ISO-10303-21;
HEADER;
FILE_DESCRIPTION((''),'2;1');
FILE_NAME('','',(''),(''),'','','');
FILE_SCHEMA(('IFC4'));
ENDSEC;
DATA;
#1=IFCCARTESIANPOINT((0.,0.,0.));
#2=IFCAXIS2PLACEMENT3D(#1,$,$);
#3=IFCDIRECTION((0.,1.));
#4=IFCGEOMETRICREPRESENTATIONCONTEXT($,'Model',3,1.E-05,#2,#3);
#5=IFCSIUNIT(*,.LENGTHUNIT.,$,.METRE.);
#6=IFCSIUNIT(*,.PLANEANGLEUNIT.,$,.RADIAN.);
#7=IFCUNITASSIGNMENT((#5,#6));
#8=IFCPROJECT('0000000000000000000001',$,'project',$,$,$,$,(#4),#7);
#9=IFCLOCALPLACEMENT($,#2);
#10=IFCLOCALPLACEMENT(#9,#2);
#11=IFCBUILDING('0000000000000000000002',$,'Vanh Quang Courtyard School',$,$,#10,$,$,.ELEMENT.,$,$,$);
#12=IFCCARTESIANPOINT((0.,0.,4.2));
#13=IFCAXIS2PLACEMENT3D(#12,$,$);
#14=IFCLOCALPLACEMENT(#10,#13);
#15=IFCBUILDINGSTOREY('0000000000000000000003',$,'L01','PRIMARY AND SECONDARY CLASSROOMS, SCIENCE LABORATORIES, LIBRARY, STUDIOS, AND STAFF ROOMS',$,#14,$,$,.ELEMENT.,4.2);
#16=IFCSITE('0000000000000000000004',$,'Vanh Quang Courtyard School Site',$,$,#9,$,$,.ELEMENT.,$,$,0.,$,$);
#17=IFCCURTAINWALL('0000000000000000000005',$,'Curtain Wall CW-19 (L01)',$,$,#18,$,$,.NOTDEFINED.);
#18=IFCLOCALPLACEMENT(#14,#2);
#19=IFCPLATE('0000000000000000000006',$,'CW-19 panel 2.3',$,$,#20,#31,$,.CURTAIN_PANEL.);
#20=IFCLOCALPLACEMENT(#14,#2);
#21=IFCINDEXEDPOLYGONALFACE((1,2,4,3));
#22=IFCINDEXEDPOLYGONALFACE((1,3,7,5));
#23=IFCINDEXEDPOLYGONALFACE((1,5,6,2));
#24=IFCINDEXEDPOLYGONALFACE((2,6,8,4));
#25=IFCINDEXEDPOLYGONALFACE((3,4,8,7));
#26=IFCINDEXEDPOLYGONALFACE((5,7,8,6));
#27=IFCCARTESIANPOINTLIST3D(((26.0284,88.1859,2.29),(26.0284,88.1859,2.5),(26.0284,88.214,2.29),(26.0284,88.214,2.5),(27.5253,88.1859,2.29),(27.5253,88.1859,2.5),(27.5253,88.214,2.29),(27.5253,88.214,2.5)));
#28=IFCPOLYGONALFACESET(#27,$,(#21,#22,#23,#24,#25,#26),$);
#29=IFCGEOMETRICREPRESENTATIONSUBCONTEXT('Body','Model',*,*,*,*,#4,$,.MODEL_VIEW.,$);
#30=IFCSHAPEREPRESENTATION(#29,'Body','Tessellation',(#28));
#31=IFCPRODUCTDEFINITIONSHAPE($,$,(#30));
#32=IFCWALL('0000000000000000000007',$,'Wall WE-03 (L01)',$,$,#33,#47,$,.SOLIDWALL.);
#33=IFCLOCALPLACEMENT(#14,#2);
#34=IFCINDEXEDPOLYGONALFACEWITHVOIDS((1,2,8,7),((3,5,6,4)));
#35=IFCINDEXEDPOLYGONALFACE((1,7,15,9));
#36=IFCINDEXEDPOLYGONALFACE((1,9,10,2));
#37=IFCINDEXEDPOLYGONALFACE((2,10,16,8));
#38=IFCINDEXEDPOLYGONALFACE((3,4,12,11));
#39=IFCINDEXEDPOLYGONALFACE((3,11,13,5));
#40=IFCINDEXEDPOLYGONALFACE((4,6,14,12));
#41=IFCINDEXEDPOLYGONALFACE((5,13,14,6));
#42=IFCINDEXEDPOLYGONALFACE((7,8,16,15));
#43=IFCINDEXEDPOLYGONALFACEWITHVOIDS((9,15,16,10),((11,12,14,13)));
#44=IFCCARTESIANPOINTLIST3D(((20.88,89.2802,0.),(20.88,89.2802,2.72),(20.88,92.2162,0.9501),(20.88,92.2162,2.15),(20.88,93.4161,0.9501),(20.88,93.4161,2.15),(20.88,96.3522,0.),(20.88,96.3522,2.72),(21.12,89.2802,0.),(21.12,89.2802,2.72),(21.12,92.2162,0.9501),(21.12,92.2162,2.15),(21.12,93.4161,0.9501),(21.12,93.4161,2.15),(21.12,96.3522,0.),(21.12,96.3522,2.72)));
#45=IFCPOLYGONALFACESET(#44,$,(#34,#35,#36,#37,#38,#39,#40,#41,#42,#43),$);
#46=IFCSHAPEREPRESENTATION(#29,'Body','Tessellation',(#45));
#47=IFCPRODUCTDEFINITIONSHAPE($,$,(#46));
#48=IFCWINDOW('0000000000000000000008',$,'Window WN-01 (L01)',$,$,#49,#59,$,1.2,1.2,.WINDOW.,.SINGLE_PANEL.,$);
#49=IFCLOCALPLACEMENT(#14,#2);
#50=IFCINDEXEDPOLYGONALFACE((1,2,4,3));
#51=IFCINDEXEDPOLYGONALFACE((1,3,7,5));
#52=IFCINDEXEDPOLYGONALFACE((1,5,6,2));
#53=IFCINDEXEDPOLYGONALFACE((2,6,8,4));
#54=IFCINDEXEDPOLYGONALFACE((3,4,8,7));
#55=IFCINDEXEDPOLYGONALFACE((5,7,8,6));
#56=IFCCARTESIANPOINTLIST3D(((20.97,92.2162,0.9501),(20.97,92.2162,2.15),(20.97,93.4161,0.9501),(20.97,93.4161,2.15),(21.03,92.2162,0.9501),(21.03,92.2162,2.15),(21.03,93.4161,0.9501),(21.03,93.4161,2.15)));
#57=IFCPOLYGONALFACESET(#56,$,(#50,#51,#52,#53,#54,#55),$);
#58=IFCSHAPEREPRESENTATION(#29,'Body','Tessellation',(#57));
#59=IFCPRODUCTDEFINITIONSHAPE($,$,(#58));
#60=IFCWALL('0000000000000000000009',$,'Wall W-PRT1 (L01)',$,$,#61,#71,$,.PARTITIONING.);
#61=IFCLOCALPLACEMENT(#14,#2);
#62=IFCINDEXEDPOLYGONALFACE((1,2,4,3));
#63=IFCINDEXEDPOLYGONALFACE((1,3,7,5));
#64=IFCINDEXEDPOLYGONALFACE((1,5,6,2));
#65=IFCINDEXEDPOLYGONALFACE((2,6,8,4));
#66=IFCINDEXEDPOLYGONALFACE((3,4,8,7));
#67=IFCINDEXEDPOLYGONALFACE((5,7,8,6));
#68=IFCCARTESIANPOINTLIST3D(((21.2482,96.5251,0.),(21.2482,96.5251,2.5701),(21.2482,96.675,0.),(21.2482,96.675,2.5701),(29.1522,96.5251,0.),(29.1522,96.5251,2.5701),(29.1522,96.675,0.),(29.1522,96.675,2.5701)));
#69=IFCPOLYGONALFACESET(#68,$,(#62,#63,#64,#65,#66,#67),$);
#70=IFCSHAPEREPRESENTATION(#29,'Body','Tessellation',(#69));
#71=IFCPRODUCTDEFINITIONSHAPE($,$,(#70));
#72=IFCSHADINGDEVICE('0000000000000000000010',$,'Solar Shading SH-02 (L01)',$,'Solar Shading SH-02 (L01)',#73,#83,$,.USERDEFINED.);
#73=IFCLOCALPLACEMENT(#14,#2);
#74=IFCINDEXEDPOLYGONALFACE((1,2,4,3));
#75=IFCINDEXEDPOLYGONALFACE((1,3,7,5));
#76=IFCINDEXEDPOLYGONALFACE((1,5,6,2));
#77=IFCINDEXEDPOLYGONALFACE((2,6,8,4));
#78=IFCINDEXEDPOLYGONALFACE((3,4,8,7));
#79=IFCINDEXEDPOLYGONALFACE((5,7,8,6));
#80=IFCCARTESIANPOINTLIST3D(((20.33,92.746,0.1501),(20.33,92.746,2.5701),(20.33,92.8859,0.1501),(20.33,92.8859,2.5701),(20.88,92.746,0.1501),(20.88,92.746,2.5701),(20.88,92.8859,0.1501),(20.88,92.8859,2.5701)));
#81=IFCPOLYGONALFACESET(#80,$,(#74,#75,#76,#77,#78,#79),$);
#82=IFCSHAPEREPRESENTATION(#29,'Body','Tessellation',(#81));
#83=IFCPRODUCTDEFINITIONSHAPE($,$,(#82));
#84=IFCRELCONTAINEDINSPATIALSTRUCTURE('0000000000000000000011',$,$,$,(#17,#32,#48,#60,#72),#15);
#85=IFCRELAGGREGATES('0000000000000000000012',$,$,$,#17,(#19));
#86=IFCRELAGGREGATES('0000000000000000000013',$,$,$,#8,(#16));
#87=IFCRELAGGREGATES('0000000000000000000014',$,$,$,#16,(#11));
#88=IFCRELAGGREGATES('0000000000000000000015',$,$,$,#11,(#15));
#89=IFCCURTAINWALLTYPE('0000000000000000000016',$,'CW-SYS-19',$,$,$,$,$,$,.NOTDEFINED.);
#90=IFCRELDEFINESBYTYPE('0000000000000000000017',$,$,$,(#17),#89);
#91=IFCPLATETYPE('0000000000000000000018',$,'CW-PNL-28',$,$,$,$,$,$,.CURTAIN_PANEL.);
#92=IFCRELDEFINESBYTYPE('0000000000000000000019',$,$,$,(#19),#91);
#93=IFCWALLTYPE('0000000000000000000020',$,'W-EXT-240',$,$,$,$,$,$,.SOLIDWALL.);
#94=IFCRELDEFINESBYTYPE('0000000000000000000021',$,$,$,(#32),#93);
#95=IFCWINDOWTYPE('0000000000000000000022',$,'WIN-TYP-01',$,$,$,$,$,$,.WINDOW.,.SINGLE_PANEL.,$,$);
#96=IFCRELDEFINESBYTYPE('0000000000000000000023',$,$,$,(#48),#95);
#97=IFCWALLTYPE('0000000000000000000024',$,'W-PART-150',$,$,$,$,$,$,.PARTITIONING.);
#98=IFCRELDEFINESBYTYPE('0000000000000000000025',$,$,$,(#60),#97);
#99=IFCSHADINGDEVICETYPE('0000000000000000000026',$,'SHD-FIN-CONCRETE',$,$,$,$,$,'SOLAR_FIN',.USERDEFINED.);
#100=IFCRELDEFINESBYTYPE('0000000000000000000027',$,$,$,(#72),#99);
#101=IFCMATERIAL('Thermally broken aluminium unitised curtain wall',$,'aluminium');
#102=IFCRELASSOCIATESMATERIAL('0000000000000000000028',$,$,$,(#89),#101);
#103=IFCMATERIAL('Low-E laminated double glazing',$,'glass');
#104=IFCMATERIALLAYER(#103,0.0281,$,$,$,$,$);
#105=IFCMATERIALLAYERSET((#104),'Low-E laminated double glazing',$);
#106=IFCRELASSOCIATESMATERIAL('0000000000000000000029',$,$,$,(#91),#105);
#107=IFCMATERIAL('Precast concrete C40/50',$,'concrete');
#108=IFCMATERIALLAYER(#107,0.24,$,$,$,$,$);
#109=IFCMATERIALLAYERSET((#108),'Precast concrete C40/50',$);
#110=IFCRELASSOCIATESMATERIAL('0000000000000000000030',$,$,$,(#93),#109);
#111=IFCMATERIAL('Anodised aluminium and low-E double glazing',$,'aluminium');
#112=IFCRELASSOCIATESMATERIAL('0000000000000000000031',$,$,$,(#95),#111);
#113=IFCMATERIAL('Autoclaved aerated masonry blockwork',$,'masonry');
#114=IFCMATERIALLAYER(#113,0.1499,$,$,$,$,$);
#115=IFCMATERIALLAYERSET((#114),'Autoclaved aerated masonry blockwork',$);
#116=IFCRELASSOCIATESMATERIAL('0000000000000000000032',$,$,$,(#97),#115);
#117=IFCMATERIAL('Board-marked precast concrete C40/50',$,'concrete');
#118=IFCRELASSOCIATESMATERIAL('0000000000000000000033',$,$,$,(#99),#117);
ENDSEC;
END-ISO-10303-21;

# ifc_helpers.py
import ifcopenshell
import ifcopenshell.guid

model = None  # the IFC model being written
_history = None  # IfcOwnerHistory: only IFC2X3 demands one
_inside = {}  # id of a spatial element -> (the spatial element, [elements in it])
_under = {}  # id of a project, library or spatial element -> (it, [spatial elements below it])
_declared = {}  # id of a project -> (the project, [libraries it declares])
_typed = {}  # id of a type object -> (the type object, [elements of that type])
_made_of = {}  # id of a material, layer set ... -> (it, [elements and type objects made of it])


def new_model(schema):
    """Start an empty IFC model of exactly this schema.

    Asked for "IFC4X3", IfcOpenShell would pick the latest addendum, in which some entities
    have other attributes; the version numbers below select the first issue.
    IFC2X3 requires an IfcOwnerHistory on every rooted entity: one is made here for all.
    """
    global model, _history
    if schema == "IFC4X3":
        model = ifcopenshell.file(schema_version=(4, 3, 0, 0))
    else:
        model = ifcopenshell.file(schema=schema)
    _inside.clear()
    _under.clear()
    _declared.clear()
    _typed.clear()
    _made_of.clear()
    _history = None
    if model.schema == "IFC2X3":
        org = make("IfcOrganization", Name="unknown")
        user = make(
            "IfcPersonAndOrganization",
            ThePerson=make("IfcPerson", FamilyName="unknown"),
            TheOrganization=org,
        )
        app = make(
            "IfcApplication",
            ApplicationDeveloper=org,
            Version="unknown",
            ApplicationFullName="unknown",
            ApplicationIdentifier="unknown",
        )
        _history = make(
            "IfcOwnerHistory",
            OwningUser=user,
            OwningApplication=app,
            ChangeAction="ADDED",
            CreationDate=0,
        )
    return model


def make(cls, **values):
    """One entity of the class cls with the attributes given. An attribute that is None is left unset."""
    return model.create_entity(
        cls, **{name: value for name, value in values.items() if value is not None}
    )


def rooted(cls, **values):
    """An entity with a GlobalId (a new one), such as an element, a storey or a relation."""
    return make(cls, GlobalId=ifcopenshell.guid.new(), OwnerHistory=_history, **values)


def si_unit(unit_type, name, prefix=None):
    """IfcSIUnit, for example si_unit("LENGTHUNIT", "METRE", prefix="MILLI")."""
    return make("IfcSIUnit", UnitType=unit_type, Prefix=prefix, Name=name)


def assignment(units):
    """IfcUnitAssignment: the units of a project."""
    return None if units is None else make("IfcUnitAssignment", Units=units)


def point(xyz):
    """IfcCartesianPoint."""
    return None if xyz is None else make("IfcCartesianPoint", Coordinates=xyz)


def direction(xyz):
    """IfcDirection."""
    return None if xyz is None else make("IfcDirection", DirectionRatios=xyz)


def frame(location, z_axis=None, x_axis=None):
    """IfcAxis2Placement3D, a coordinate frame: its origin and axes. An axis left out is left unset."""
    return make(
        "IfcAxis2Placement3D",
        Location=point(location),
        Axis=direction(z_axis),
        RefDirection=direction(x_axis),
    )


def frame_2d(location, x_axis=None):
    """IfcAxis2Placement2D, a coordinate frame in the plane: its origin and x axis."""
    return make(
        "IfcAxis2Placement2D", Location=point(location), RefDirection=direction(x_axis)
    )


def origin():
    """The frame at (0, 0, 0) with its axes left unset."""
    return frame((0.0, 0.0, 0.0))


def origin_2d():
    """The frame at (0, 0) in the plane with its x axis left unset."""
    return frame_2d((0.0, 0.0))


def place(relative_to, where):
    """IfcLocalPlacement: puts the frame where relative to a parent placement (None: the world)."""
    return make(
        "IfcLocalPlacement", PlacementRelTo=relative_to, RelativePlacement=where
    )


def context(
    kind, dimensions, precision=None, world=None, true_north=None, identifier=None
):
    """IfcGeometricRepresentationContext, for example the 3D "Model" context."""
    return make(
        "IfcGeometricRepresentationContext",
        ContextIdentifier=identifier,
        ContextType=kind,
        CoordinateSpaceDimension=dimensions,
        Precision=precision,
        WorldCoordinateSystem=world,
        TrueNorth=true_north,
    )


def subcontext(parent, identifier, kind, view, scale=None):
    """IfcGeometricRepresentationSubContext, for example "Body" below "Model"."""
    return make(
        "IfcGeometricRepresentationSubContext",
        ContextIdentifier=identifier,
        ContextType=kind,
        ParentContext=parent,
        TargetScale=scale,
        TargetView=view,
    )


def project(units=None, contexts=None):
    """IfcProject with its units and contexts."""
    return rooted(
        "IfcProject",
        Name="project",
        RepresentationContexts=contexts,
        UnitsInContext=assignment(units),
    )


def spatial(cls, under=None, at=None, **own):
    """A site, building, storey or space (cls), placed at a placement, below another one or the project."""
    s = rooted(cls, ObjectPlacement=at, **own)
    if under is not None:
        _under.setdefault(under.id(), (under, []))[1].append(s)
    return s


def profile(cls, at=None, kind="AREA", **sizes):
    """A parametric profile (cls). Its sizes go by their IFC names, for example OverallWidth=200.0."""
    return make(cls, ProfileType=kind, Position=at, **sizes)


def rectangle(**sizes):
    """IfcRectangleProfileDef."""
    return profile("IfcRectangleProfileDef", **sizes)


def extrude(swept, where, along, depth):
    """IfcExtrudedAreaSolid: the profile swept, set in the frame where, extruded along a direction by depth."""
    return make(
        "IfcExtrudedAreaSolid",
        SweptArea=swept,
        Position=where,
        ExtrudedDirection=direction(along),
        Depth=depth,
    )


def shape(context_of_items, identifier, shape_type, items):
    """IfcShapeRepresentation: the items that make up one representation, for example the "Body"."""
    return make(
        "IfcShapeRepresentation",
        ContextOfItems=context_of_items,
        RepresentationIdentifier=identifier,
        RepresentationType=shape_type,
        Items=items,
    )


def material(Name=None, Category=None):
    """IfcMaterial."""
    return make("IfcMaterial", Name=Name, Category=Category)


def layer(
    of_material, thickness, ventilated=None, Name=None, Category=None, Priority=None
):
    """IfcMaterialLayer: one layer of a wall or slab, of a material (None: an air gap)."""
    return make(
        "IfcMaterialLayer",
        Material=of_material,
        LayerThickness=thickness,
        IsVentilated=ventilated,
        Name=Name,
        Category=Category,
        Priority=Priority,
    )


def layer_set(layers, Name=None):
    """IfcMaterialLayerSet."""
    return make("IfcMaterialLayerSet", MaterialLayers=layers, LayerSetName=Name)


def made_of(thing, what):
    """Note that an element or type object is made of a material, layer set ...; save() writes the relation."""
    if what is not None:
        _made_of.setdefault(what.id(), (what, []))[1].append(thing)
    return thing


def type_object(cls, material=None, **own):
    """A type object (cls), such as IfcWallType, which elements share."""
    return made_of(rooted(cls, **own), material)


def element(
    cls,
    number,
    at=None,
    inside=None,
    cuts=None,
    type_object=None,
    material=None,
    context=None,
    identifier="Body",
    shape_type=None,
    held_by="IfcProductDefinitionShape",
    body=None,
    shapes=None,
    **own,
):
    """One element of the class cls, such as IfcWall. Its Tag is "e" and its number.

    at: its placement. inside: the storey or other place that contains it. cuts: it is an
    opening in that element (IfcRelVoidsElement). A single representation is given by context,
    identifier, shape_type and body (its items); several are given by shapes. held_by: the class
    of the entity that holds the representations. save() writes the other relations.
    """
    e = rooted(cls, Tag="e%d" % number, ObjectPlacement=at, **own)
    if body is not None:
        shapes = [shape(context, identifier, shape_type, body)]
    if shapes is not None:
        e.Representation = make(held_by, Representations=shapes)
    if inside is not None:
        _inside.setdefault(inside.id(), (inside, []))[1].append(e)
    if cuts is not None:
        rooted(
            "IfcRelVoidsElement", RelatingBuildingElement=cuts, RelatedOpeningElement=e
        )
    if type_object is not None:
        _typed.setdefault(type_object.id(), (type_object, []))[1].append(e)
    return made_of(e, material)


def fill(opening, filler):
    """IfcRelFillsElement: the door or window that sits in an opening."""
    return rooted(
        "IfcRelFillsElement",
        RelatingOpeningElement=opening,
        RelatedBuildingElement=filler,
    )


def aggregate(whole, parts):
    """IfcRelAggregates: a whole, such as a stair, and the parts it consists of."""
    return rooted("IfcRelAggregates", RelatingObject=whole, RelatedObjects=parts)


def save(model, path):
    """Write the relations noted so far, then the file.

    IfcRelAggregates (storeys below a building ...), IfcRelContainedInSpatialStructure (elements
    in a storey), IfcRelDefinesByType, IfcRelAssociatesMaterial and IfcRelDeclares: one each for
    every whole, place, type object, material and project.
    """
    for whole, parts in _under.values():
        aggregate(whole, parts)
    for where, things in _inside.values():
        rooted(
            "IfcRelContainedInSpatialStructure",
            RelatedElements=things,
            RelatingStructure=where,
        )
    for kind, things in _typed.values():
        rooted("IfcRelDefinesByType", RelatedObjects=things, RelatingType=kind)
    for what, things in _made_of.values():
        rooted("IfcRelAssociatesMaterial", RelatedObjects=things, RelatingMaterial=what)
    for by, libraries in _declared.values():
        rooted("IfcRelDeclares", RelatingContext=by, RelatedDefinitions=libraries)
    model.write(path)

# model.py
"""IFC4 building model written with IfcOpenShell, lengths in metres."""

from ifc_helpers import new_model, si_unit, direction, frame, frame_2d, origin, origin_2d, place, context, subcontext, project, spatial, rectangle, extrude, material, layer, layer_set, type_object, element, fill, aggregate, save


model = new_model("IFC4")

# Units and contexts
model_context = context("Model", 3, precision=1e-05, world=origin(), true_north=direction((0.0, 1.0)))
body_context = subcontext(model_context, "Body", "Model", "MODEL_VIEW")
ifc_project = project(units=[si_unit("LENGTHUNIT", "METRE"), si_unit("PLANEANGLEUNIT", "RADIAN")], contexts=[model_context])

# Site, building, storey
site_placement = place(None, origin())
site = spatial("IfcSite", under=ifc_project, at=site_placement, Name="Vanh Quang Courtyard School Site", CompositionType="ELEMENT", RefElevation=0.0)
building_placement = place(site_placement, origin())
building = spatial("IfcBuilding", under=site, at=building_placement, Name="Vanh Quang Courtyard School", CompositionType="ELEMENT")
storey_placement = place(building_placement, frame((0.0, 0.0, 4.2)))
storey = spatial("IfcBuildingStorey", under=building, at=storey_placement, Name="L01", Description="PRIMARY AND SECONDARY CLASSROOMS, SCIENCE LABORATORIES, LIBRARY, STUDIOS, AND STAFF ROOMS", CompositionType="ELEMENT", Elevation=4.2)

# Shared definitions
ifc_material_1 = material(Name="Thermally broken aluminium unitised curtain wall", Category="aluminium")

# Curtain wall
curtain_wall_type_1 = type_object("IfcCurtainWallType", Name="CW-SYS-19", PredefinedType="NOTDEFINED", material=ifc_material_1)
curtain_wall_1_placement = place(storey_placement, origin())
curtain_wall_1 = element("IfcCurtainWall", 1, at=curtain_wall_1_placement, inside=storey, type_object=curtain_wall_type_1, Name="Curtain Wall CW-19 (L01)", PredefinedType="NOTDEFINED")

# Plate
ifc_material_2 = material(Name="Low-E laminated double glazing", Category="glass")
ifc_layer_1 = layer(ifc_material_2, 0.0281)
ifc_layer_set_1 = layer_set([ifc_layer_1], Name="Low-E laminated double glazing")
plate_type = type_object("IfcPlateType", Name="CW-PNL-28", PredefinedType="CURTAIN_PANEL", material=ifc_layer_set_1)
plate_1_placement = place(storey_placement, frame((26.7769, 88.2, 2.29), z_axis=(0.0, 0.0, 1.0), x_axis=(-1.0, 0.0, 0.0)))
plate_1 = element("IfcPlate", 2, at=plate_1_placement, type_object=plate_type, Name="CW-19 panel 2.3", PredefinedType="CURTAIN_PANEL", context=body_context, shape_type="SweptSolid", body=[
    extrude(rectangle(XDim=1.4968, YDim=0.0281, at=origin_2d()), origin(), (0.0, 0.0, 1.0), 0.21),
])
aggregate(curtain_wall_1, [plate_1])

# Wall, opening, window
ifc_material_3 = material(Name="Precast concrete C40/50", Category="concrete")
ifc_layer_2 = layer(ifc_material_3, 0.24)
ifc_layer_set_2 = layer_set([ifc_layer_2], Name="Precast concrete C40/50")
wall_type_1 = type_object("IfcWallType", Name="W-EXT-240", PredefinedType="SOLIDWALL", material=ifc_layer_set_2)
wall_1_placement = place(storey_placement, frame((21.0, 89.28, 0.0), z_axis=(0.0, 0.0, 1.0), x_axis=(0.0, 1.0, 0.0)))
wall_1 = element("IfcWall", 3, at=wall_1_placement, inside=storey, type_object=wall_type_1, Name="Wall WE-03 (L01)", PredefinedType="SOLIDWALL", context=body_context, shape_type="SweptSolid", body=[
    extrude(rectangle(XDim=7.072, YDim=0.24, at=frame_2d((3.5361, 0.0))), origin(), (0.0, 0.0, 1.0), 2.72),
])
opening_placement = place(wall_1_placement, frame((2.936, 0.0, 0.95)))
opening = element("IfcOpeningElement", 4, at=opening_placement, cuts=wall_1, PredefinedType="OPENING", context=body_context, shape_type="SweptSolid", body=[
    extrude(rectangle(XDim=1.2, YDim=1.2, at=frame_2d((0.6001, 0.6001))), frame((0.0, 0.1299, 0.0), z_axis=(0.0, -1.0, 0.0), x_axis=(1.0, 0.0, 0.0)), (0.0, 0.0, 1.0), 0.26),
])
ifc_material_4 = material(Name="Anodised aluminium and low-E double glazing", Category="aluminium")
window_type = type_object("IfcWindowType", Name="WIN-TYP-01", PartitioningType="SINGLE_PANEL", PredefinedType="WINDOW", material=ifc_material_4)
window_placement = place(opening_placement, origin())
window = element("IfcWindow", 5, at=window_placement, inside=storey, type_object=window_type, Name="Window WN-01 (L01)", OverallHeight=1.2, OverallWidth=1.2, PartitioningType="SINGLE_PANEL", PredefinedType="WINDOW", context=body_context, shape_type="SweptSolid", body=[
    extrude(rectangle(XDim=1.2, YDim=1.2, at=frame_2d((0.6001, 0.6001))), frame((0.0, 0.03, 0.0), z_axis=(0.0, -1.0, 0.0), x_axis=(1.0, 0.0, 0.0)), (0.0, 0.0, 1.0), 0.0601),
])
fill(opening, window)

# Wall
ifc_material_5 = material(Name="Autoclaved aerated masonry blockwork", Category="masonry")
ifc_layer_3 = layer(ifc_material_5, 0.1499)
ifc_layer_set_3 = layer_set([ifc_layer_3], Name="Autoclaved aerated masonry blockwork")
wall_type_2 = type_object("IfcWallType", Name="W-PART-150", PredefinedType="PARTITIONING", material=ifc_layer_set_3)
wall_2_placement = place(storey_placement, frame((21.248, 96.6001, 0.0), z_axis=(0.0, 0.0, 1.0), x_axis=(1.0, 0.0, 0.0)))
element("IfcWall", 6, at=wall_2_placement, inside=storey, type_object=wall_type_2, Name="Wall W-PRT1 (L01)", PredefinedType="PARTITIONING", context=body_context, shape_type="SweptSolid", body=[
    extrude(rectangle(XDim=7.9041, YDim=0.1499, at=frame_2d((3.9521, 0.0))), origin(), (0.0, 0.0, 1.0), 2.5701),
])

# Shading device
ifc_material_6 = material(Name="Board-marked precast concrete C40/50", Category="concrete")
shading_device_type = type_object("IfcShadingDeviceType", Name="SHD-FIN-CONCRETE", ElementType="SOLAR_FIN", PredefinedType="USERDEFINED", material=ifc_material_6)
shading_device_placement = place(storey_placement, frame((20.605, 92.8159, 0.1501), z_axis=(0.0, 0.0, 1.0), x_axis=(0.0, 1.0, 0.0)))
element("IfcShadingDevice", 7, at=shading_device_placement, inside=storey, type_object=shading_device_type, Name="Solar Shading SH-02 (L01)", ObjectType="Solar Shading SH-02 (L01)", PredefinedType="USERDEFINED", context=body_context, shape_type="SweptSolid", body=[
    extrude(rectangle(XDim=0.1399, YDim=0.55, at=origin_2d()), origin(), (0.0, 0.0, 1.0), 2.4199),
])

save(model, "model.ifc")
